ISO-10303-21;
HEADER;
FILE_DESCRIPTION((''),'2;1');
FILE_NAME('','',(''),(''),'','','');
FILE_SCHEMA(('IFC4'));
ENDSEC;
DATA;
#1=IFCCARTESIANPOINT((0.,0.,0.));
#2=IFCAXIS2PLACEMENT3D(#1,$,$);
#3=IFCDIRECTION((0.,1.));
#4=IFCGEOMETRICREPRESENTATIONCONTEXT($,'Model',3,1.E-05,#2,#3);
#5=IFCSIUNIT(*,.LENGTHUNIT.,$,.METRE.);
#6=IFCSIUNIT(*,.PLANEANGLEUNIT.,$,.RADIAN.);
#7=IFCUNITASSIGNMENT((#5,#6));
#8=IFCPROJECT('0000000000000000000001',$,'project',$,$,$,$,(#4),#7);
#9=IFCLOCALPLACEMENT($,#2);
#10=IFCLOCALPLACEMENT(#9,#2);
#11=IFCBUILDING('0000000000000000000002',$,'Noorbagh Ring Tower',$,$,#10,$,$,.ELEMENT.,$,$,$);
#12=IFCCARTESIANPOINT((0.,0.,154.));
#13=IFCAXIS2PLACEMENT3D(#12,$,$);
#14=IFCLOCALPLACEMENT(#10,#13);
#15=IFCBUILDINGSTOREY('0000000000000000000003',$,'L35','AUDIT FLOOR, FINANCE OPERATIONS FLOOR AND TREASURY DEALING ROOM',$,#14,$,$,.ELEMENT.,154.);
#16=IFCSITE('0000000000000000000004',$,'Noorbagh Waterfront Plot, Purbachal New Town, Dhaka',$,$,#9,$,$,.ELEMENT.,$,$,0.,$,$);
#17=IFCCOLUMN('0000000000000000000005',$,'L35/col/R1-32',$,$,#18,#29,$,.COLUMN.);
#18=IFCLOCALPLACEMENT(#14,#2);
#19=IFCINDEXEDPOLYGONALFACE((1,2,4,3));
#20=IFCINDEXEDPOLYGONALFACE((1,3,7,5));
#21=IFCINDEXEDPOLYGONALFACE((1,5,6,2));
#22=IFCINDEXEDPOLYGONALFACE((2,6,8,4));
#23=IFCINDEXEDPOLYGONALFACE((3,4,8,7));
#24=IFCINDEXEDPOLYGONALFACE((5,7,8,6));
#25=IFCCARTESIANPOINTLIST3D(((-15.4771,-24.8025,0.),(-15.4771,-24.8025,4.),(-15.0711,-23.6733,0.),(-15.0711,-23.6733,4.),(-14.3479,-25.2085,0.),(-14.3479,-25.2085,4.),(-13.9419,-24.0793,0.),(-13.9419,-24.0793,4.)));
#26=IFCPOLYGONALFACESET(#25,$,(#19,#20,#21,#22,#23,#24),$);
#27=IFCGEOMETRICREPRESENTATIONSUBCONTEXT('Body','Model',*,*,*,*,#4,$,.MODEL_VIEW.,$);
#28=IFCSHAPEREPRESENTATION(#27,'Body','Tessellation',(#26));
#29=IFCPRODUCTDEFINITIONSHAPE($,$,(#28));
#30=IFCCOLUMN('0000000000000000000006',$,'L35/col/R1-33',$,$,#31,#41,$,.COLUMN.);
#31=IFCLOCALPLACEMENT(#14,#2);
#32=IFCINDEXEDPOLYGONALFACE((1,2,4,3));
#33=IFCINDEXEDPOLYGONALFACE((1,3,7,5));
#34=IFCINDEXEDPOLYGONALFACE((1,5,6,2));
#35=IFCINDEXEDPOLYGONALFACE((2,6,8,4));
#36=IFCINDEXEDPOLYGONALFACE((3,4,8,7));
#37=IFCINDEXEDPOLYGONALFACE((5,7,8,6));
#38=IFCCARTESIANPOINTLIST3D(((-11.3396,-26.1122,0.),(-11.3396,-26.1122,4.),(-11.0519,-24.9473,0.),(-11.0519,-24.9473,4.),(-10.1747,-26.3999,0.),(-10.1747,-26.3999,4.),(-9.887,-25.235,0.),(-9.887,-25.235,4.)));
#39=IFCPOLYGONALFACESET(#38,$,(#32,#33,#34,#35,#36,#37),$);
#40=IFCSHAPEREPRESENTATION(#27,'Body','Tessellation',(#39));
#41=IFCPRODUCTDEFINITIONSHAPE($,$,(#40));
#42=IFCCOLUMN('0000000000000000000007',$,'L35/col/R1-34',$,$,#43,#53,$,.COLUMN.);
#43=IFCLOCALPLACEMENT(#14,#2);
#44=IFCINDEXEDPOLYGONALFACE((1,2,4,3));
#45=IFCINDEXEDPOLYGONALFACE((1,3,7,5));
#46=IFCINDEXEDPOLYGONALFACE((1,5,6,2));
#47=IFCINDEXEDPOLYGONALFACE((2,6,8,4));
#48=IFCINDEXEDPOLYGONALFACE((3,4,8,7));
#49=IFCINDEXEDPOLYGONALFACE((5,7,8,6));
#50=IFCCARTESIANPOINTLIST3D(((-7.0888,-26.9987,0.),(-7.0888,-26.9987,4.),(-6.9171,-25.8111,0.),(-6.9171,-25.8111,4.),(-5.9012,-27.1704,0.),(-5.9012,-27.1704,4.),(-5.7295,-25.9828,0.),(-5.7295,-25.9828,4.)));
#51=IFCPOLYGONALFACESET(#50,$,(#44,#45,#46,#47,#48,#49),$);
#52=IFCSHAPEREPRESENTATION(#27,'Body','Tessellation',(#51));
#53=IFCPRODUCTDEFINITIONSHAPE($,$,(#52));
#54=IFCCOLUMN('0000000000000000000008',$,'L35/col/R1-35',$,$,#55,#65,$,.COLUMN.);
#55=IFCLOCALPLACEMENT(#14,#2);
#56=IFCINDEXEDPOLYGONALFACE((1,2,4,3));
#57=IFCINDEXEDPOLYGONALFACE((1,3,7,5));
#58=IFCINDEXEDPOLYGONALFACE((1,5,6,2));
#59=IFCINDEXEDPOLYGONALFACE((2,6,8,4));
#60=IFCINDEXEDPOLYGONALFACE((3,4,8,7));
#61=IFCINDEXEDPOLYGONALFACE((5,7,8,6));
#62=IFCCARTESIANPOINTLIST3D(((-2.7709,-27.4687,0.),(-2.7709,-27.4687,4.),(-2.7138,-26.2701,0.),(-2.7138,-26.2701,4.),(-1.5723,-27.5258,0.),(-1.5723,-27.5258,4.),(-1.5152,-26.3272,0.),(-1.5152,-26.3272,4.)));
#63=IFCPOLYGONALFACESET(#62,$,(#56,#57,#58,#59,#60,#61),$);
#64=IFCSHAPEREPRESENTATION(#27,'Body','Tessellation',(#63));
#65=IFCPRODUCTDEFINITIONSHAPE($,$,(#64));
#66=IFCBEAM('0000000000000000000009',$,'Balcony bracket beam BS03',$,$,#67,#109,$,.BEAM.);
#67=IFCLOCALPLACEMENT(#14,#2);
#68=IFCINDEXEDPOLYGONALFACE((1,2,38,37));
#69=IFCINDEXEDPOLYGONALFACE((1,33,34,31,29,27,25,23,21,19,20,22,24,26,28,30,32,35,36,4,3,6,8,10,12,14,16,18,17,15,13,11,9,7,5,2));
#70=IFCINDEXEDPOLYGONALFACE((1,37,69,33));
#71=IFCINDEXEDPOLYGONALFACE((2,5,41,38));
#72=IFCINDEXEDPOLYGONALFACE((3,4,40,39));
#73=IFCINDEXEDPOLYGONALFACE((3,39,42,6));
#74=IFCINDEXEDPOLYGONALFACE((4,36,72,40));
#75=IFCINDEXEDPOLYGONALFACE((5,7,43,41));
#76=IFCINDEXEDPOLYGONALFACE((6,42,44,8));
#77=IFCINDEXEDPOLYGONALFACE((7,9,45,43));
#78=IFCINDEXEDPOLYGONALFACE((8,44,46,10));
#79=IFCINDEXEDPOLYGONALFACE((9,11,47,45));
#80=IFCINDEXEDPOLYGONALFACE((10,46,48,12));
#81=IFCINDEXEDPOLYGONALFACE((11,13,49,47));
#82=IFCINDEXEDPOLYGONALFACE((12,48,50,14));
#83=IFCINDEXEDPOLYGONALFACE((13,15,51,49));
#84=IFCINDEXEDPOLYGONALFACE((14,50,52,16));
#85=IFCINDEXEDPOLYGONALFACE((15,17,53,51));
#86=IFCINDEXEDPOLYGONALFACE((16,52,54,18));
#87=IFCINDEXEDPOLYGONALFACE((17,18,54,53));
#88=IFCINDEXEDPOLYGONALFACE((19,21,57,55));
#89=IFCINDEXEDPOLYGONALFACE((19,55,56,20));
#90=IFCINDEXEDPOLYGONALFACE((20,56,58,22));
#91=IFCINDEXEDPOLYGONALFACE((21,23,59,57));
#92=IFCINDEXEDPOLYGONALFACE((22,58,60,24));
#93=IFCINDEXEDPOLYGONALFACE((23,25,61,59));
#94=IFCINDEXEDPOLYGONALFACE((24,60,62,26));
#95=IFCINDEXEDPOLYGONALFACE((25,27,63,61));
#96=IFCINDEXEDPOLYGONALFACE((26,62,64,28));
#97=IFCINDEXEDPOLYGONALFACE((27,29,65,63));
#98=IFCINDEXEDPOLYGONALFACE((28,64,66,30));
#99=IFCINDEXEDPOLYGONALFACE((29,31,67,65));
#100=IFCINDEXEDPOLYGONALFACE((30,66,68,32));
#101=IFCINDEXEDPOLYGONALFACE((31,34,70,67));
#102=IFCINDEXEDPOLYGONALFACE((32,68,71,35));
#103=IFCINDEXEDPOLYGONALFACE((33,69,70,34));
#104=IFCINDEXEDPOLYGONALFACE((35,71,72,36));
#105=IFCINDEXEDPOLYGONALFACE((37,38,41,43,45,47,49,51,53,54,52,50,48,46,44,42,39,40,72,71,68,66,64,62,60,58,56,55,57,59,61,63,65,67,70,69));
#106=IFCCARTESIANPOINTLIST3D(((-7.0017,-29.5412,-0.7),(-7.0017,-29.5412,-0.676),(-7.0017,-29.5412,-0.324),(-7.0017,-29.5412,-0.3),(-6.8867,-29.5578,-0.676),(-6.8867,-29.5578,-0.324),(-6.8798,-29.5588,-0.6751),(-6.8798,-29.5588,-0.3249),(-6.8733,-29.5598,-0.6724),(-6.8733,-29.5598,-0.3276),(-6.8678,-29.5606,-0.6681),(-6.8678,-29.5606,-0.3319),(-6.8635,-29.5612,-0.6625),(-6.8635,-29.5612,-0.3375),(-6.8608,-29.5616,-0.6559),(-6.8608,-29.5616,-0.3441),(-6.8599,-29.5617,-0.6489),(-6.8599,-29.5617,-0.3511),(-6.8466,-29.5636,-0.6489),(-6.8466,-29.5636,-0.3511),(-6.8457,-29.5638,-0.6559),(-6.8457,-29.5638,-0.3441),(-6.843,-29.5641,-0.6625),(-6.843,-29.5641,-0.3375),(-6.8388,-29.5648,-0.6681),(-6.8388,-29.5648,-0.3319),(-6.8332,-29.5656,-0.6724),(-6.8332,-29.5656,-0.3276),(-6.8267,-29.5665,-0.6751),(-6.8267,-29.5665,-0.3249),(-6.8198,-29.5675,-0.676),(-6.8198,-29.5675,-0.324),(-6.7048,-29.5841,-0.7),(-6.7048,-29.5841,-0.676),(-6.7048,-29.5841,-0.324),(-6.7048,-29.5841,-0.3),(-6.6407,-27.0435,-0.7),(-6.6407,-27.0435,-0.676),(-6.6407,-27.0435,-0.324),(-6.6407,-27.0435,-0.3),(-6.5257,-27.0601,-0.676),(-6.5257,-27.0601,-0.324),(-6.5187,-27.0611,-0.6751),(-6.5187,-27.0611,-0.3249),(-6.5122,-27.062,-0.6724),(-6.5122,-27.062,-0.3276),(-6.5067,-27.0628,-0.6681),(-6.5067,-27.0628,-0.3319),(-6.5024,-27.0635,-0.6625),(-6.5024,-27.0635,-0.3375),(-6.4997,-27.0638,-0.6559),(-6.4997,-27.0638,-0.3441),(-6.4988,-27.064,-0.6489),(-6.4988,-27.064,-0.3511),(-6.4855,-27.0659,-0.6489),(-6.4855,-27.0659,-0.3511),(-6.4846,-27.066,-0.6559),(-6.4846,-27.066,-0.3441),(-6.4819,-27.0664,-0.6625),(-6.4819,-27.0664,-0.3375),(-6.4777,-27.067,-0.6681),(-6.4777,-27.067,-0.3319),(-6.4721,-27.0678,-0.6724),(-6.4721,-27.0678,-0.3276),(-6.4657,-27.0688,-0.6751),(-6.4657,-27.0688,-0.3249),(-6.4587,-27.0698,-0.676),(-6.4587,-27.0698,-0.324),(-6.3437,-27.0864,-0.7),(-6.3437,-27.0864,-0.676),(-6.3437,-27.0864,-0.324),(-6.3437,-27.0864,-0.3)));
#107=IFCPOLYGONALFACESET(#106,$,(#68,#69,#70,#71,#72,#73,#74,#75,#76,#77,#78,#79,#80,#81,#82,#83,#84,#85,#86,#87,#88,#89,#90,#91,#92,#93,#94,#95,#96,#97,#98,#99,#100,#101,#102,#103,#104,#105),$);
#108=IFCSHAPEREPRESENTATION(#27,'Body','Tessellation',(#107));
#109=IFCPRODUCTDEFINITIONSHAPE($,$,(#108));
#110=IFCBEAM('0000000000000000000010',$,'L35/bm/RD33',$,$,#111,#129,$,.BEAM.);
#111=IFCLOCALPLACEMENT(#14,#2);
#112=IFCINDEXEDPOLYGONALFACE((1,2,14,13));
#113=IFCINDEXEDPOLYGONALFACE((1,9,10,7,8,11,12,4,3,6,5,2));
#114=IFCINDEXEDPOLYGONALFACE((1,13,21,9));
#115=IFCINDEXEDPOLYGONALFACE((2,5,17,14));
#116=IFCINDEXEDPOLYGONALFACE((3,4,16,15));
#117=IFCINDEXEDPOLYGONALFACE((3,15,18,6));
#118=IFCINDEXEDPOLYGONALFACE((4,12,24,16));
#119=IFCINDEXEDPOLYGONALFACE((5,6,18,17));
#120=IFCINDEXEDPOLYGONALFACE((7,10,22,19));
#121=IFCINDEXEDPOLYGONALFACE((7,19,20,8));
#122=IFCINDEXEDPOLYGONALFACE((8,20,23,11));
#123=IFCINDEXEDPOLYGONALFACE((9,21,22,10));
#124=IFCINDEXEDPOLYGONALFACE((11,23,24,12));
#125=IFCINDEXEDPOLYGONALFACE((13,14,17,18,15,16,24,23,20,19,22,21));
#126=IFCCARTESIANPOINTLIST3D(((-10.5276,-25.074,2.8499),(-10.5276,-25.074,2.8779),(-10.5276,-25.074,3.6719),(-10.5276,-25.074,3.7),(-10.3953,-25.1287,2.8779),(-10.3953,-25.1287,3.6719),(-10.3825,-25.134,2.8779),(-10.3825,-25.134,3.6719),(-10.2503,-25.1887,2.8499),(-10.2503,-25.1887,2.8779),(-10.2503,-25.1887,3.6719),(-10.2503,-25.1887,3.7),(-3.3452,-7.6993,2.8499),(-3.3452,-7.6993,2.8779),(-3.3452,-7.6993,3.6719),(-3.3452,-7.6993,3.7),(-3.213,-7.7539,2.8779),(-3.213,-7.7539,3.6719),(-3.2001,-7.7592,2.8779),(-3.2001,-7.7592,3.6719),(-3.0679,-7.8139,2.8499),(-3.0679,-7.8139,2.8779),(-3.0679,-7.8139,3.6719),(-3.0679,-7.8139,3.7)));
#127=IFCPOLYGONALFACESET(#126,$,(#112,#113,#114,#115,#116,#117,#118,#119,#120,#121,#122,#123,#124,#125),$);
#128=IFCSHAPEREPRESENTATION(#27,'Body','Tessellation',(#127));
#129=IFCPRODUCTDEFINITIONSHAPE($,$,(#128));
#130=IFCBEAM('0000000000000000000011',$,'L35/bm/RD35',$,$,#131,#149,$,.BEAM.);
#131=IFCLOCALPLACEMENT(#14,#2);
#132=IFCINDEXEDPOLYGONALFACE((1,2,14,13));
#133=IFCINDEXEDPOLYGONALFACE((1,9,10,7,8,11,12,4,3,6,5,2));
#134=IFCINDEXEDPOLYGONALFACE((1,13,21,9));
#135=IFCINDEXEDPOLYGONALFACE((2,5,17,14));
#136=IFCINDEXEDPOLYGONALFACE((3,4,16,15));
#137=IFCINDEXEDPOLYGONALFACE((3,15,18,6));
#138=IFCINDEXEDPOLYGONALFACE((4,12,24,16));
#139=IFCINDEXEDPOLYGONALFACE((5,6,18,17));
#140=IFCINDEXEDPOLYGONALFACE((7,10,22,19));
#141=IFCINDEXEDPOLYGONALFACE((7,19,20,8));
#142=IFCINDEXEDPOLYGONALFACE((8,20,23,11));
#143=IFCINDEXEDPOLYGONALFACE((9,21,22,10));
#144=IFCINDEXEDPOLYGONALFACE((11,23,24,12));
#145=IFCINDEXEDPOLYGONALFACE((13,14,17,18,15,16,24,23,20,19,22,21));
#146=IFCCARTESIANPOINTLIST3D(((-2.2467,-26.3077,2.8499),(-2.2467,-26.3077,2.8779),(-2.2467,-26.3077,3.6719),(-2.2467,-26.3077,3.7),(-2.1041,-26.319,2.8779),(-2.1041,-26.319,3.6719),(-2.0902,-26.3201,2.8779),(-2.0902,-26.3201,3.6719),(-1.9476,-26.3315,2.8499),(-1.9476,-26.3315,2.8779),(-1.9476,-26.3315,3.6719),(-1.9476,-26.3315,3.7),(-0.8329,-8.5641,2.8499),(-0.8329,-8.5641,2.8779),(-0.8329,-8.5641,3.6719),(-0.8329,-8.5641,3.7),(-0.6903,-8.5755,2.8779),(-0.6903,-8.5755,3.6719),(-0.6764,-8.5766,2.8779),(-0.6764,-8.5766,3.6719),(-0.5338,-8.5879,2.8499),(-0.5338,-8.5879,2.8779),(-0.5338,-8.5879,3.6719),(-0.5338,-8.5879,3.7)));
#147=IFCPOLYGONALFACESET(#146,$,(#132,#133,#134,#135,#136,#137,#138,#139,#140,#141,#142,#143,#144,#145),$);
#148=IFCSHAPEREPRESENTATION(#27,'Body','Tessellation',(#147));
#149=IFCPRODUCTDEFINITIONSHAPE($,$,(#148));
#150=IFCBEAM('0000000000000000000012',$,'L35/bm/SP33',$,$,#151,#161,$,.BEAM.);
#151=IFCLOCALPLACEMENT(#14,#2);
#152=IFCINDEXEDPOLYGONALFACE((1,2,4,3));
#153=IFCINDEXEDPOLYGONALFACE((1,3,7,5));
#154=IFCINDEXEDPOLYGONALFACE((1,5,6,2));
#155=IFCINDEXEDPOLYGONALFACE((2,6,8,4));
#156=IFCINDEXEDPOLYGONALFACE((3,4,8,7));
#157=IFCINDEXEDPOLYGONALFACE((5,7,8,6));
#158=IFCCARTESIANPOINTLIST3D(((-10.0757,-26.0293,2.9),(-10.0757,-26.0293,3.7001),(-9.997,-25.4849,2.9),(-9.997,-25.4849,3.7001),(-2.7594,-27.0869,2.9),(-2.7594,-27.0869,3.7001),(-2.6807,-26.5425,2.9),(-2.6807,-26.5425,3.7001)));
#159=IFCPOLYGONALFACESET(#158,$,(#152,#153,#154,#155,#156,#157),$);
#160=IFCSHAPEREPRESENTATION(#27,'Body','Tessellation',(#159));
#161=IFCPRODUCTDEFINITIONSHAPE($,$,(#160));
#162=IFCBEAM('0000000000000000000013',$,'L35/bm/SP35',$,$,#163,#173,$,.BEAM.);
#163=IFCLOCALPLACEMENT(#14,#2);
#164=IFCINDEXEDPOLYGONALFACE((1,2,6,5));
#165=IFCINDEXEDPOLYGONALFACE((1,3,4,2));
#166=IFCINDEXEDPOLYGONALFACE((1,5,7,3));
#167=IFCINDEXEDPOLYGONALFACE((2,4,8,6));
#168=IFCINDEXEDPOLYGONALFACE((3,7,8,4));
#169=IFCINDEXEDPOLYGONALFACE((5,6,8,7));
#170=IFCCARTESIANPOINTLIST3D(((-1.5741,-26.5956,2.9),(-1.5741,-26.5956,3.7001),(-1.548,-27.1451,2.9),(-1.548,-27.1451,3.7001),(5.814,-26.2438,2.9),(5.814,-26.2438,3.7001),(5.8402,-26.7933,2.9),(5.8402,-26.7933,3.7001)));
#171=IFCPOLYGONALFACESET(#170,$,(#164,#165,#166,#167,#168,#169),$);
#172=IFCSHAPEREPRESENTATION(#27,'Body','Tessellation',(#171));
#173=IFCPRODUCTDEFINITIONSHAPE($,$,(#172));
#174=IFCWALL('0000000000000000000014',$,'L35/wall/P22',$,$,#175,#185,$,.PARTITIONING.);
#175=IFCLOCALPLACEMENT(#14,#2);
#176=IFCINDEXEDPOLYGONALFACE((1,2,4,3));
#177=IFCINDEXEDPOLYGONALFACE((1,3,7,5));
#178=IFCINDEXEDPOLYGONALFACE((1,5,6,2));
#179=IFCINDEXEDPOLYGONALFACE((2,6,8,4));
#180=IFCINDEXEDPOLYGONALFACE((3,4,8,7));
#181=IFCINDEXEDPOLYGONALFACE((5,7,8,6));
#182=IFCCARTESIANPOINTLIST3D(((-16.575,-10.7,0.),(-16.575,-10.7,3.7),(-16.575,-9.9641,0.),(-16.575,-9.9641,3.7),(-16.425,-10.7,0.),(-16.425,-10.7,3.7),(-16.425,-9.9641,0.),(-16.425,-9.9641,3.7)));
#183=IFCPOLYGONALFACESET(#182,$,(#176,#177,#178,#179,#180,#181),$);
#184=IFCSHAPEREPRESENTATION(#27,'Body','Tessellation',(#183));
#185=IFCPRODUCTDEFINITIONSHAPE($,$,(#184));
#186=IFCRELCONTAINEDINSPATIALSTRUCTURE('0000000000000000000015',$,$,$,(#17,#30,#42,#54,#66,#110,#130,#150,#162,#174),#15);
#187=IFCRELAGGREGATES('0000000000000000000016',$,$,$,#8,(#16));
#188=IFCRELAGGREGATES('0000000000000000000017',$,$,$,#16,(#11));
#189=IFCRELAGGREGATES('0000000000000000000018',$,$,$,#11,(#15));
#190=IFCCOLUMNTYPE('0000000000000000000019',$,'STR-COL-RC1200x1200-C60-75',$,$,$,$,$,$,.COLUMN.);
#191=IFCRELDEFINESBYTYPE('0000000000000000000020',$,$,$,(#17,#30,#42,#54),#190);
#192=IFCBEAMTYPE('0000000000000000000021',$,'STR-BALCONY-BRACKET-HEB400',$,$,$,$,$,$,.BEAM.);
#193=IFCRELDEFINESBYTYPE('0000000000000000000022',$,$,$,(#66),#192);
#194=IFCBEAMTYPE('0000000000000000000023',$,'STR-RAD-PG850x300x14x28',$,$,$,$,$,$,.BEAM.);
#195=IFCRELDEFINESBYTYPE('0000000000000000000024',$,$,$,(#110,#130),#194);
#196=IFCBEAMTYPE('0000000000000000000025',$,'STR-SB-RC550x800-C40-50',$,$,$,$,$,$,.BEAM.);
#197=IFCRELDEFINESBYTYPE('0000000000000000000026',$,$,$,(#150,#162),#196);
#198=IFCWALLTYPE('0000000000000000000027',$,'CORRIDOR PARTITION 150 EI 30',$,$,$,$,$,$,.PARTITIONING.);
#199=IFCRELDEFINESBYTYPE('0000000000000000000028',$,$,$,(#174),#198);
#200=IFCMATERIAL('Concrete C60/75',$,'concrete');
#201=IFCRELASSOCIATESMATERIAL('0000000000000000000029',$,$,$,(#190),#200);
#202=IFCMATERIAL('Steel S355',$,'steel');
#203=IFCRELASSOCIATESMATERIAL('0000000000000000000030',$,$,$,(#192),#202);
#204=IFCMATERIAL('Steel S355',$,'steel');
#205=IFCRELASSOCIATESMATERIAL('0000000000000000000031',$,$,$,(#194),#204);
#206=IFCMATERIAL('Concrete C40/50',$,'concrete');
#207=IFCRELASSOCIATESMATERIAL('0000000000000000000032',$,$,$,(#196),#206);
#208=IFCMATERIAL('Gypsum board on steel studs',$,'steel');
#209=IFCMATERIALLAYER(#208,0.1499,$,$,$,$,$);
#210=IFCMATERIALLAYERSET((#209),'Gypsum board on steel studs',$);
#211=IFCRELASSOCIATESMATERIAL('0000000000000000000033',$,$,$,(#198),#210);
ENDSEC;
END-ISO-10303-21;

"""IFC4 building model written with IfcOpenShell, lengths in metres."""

from ifc_helpers import new_model, si_unit, direction, frame, frame_2d, origin, origin_2d, place, context, subcontext, project, spatial, rectangle, i_section, extrude, material, layer, layer_set, material_profile, profile_set, type_object, element, save


model = new_model("IFC4")

# Units and contexts
model_context = context("Model", 3, precision=1e-05, world=origin(), true_north=direction((0.0, 1.0)))
body_context = subcontext(model_context, "Body", "Model", "MODEL_VIEW")
ifc_project = project(units=[si_unit("LENGTHUNIT", "METRE"), si_unit("PLANEANGLEUNIT", "RADIAN")], contexts=[model_context])

# Site, building, storey
site_placement = place(None, origin())
site = spatial("IfcSite", under=ifc_project, at=site_placement, Name="Noorbagh Waterfront Plot, Purbachal New Town, Dhaka", CompositionType="ELEMENT", RefElevation=0.0)
building_placement = place(site_placement, origin())
building = spatial("IfcBuilding", under=site, at=building_placement, Name="Noorbagh Ring Tower", CompositionType="ELEMENT")
storey_placement = place(building_placement, frame((0.0, 0.0, 154.0)))
storey = spatial("IfcBuildingStorey", under=building, at=storey_placement, Name="L35", Description="AUDIT FLOOR, FINANCE OPERATIONS FLOOR AND TREASURY DEALING ROOM", CompositionType="ELEMENT", Elevation=154.0)

# Columns
ifc_material_1 = material(Name="Concrete C60/75", Category="concrete")
ifc_material_profile_1 = material_profile(ifc_material_1, rectangle(XDim=1.2, YDim=1.2, at=origin_2d()), Name="RC1200x1200")
ifc_profile_set_1 = profile_set([ifc_material_profile_1], Name="Concrete C60/75")
column_type = type_object("IfcColumnType", Name="STR-COL-RC1200x1200-C60-75", PredefinedType="COLUMN", material=ifc_profile_set_1)
for number, where, z_axis, x_axis, name in (
    (1, (-14.7095, -24.4409, 0.0), (0.0, 0.0, 1.0), (0.941025, -0.338338, 0.0), "L35/col/R1-32"),
    (2, (-10.6133, -25.6736, 0.0), (0.0, 0.0, 1.0), (0.970829, -0.239771, 0.0), "L35/col/R1-33"),
    (3, (-6.4092, -26.4907, 0.0), (0.0, 0.0, 1.0), (0.989713, -0.143066, 0.0), "L35/col/R1-34"),
    (4, (-2.1431, -26.8979, 0.0), (0.0, 0.0, 1.0), (0.998869, -0.047553, 0.0), "L35/col/R1-35"),
):
    element("IfcColumn", number, at=place(storey_placement, frame(where, z_axis=z_axis, x_axis=x_axis)), inside=storey, type_object=column_type, Name=name, PredefinedType="COLUMN", context=body_context, shape_type="SweptSolid", body=[
        extrude(rectangle(XDim=1.2, YDim=1.2, at=origin_2d()), origin(), (0.0, 0.0, 1.0), 4.0),
    ])

# Beams
ifc_material_2 = material(Name="Steel S355", Category="steel")
ifc_material_profile_2 = material_profile(ifc_material_2, i_section(OverallWidth=0.3, OverallDepth=0.3999, WebThickness=0.0134, FlangeThickness=0.0239, FilletRadius=0.0271, at=origin_2d()), Name="HEB400")
ifc_profile_set_2 = profile_set([ifc_material_profile_2], Name="Steel S355")
beam_type_1 = type_object("IfcBeamType", Name="STR-BALCONY-BRACKET-HEB400", PredefinedType="BEAM", material=ifc_profile_set_2)
beam_1_placement = place(storey_placement, frame((-6.4922, -27.0649, -0.5), z_axis=(-0.143073, -0.989712, 0.0), x_axis=(0.989712, -0.143073, 0.0)))
element("IfcBeam", 5, at=beam_1_placement, inside=storey, type_object=beam_type_1, Name="Balcony bracket beam BS03", PredefinedType="BEAM", context=body_context, shape_type="SweptSolid", body=[
    extrude(i_section(OverallWidth=0.3, OverallDepth=0.3999, WebThickness=0.0134, FlangeThickness=0.0239, FilletRadius=0.0271, at=origin_2d()), origin(), (0.0, 0.0, 1.0), 2.5237),
])
ifc_material_3 = material(Name="Steel S355", Category="steel")
ifc_material_profile_3 = material_profile(ifc_material_3, i_section(OverallWidth=0.3, OverallDepth=0.8501, WebThickness=0.0139, FlangeThickness=0.0281, at=origin_2d()), Name="PG850x300x14x28")
ifc_profile_set_3 = profile_set([ifc_material_profile_3], Name="Steel S355")
beam_type_2 = type_object("IfcBeamType", Name="STR-RAD-PG850x300x14x28", PredefinedType="BEAM", material=ifc_profile_set_3)
beam_2_placement = place(storey_placement, frame((-10.3889, -25.1313, 3.2749), z_axis=(0.382026, 0.924152, 0.0), x_axis=(-0.924152, 0.382026, 0.0)))
element("IfcBeam", 6, at=beam_2_placement, inside=storey, type_object=beam_type_2, Name="L35/bm/RD33", PredefinedType="BEAM", context=body_context, shape_type="SweptSolid", body=[
    extrude(i_section(OverallWidth=0.3, OverallDepth=0.8501, WebThickness=0.0139, FlangeThickness=0.0281, at=origin_2d()), origin(), (0.0, 0.0, 1.0), 18.8008),
])
beam_3_placement = place(storey_placement, frame((-2.0972, -26.3196, 3.2749), z_axis=(0.079428, 0.996841, 0.0), x_axis=(-0.996841, 0.079428, 0.0)))
element("IfcBeam", 7, at=beam_3_placement, inside=storey, type_object=beam_type_2, Name="L35/bm/RD35", PredefinedType="BEAM", context=body_context, shape_type="SweptSolid", body=[
    extrude(i_section(OverallWidth=0.3, OverallDepth=0.8501, WebThickness=0.0139, FlangeThickness=0.0281, at=origin_2d()), origin(), (0.0, 0.0, 1.0), 17.7998),
])
ifc_material_4 = material(Name="Concrete C40/50", Category="concrete")
ifc_material_profile_4 = material_profile(ifc_material_4, rectangle(XDim=0.55, YDim=0.8, at=origin_2d()), Name="RC550x800")
ifc_profile_set_4 = profile_set([ifc_material_profile_4], Name="Concrete C40/50")
beam_type_3 = type_object("IfcBeamType", Name="STR-SB-RC550x800-C40-50", PredefinedType="BEAM", material=ifc_profile_set_4)
beam_4_placement = place(storey_placement, frame((-10.0364, -25.7571, 3.3), z_axis=(0.989713, -0.143067, 0.0), x_axis=(0.143067, 0.989713, 0.0)))
element("IfcBeam", 8, at=beam_4_placement, inside=storey, type_object=beam_type_3, Name="L35/bm/SP33", PredefinedType="BEAM", context=body_context, shape_type="SweptSolid", body=[
    extrude(rectangle(XDim=0.55, YDim=0.8, at=origin_2d()), origin(), (0.0, 0.0, 1.0), 7.3923),
])
beam_5_placement = place(storey_placement, frame((-1.561, -26.8704, 3.3), z_axis=(0.998868, 0.047564, 0.0), x_axis=(-0.047564, 0.998868, 0.0)))
element("IfcBeam", 9, at=beam_5_placement, inside=storey, type_object=beam_type_3, Name="L35/bm/SP35", PredefinedType="BEAM", context=body_context, shape_type="SweptSolid", body=[
    extrude(rectangle(XDim=0.55, YDim=0.8, at=origin_2d()), origin(), (0.0, 0.0, 1.0), 7.3965),
])

# Wall
ifc_material_5 = material(Name="Gypsum board on steel studs", Category="steel")
ifc_layer_1 = layer(ifc_material_5, 0.1499)
ifc_layer_set_1 = layer_set([ifc_layer_1], Name="Gypsum board on steel studs")
wall_type_1 = type_object("IfcWallType", Name="CORRIDOR PARTITION 150 EI 30", PredefinedType="PARTITIONING", material=ifc_layer_set_1)
wall_1_placement = place(storey_placement, frame((-16.5, -10.7, 0.0), z_axis=(0.0, 0.0, 1.0), x_axis=(0.0, 1.0, 0.0)))
element("IfcWall", 10, at=wall_1_placement, inside=storey, type_object=wall_type_1, Name="L35/wall/P22", PredefinedType="PARTITIONING", context=body_context, shape_type="SweptSolid", body=[
    extrude(rectangle(XDim=0.7358, YDim=0.1499, at=frame_2d((0.3679, 0.0))), origin(), (0.0, 0.0, 1.0), 3.7),
])

save(model, "model.ifc")
